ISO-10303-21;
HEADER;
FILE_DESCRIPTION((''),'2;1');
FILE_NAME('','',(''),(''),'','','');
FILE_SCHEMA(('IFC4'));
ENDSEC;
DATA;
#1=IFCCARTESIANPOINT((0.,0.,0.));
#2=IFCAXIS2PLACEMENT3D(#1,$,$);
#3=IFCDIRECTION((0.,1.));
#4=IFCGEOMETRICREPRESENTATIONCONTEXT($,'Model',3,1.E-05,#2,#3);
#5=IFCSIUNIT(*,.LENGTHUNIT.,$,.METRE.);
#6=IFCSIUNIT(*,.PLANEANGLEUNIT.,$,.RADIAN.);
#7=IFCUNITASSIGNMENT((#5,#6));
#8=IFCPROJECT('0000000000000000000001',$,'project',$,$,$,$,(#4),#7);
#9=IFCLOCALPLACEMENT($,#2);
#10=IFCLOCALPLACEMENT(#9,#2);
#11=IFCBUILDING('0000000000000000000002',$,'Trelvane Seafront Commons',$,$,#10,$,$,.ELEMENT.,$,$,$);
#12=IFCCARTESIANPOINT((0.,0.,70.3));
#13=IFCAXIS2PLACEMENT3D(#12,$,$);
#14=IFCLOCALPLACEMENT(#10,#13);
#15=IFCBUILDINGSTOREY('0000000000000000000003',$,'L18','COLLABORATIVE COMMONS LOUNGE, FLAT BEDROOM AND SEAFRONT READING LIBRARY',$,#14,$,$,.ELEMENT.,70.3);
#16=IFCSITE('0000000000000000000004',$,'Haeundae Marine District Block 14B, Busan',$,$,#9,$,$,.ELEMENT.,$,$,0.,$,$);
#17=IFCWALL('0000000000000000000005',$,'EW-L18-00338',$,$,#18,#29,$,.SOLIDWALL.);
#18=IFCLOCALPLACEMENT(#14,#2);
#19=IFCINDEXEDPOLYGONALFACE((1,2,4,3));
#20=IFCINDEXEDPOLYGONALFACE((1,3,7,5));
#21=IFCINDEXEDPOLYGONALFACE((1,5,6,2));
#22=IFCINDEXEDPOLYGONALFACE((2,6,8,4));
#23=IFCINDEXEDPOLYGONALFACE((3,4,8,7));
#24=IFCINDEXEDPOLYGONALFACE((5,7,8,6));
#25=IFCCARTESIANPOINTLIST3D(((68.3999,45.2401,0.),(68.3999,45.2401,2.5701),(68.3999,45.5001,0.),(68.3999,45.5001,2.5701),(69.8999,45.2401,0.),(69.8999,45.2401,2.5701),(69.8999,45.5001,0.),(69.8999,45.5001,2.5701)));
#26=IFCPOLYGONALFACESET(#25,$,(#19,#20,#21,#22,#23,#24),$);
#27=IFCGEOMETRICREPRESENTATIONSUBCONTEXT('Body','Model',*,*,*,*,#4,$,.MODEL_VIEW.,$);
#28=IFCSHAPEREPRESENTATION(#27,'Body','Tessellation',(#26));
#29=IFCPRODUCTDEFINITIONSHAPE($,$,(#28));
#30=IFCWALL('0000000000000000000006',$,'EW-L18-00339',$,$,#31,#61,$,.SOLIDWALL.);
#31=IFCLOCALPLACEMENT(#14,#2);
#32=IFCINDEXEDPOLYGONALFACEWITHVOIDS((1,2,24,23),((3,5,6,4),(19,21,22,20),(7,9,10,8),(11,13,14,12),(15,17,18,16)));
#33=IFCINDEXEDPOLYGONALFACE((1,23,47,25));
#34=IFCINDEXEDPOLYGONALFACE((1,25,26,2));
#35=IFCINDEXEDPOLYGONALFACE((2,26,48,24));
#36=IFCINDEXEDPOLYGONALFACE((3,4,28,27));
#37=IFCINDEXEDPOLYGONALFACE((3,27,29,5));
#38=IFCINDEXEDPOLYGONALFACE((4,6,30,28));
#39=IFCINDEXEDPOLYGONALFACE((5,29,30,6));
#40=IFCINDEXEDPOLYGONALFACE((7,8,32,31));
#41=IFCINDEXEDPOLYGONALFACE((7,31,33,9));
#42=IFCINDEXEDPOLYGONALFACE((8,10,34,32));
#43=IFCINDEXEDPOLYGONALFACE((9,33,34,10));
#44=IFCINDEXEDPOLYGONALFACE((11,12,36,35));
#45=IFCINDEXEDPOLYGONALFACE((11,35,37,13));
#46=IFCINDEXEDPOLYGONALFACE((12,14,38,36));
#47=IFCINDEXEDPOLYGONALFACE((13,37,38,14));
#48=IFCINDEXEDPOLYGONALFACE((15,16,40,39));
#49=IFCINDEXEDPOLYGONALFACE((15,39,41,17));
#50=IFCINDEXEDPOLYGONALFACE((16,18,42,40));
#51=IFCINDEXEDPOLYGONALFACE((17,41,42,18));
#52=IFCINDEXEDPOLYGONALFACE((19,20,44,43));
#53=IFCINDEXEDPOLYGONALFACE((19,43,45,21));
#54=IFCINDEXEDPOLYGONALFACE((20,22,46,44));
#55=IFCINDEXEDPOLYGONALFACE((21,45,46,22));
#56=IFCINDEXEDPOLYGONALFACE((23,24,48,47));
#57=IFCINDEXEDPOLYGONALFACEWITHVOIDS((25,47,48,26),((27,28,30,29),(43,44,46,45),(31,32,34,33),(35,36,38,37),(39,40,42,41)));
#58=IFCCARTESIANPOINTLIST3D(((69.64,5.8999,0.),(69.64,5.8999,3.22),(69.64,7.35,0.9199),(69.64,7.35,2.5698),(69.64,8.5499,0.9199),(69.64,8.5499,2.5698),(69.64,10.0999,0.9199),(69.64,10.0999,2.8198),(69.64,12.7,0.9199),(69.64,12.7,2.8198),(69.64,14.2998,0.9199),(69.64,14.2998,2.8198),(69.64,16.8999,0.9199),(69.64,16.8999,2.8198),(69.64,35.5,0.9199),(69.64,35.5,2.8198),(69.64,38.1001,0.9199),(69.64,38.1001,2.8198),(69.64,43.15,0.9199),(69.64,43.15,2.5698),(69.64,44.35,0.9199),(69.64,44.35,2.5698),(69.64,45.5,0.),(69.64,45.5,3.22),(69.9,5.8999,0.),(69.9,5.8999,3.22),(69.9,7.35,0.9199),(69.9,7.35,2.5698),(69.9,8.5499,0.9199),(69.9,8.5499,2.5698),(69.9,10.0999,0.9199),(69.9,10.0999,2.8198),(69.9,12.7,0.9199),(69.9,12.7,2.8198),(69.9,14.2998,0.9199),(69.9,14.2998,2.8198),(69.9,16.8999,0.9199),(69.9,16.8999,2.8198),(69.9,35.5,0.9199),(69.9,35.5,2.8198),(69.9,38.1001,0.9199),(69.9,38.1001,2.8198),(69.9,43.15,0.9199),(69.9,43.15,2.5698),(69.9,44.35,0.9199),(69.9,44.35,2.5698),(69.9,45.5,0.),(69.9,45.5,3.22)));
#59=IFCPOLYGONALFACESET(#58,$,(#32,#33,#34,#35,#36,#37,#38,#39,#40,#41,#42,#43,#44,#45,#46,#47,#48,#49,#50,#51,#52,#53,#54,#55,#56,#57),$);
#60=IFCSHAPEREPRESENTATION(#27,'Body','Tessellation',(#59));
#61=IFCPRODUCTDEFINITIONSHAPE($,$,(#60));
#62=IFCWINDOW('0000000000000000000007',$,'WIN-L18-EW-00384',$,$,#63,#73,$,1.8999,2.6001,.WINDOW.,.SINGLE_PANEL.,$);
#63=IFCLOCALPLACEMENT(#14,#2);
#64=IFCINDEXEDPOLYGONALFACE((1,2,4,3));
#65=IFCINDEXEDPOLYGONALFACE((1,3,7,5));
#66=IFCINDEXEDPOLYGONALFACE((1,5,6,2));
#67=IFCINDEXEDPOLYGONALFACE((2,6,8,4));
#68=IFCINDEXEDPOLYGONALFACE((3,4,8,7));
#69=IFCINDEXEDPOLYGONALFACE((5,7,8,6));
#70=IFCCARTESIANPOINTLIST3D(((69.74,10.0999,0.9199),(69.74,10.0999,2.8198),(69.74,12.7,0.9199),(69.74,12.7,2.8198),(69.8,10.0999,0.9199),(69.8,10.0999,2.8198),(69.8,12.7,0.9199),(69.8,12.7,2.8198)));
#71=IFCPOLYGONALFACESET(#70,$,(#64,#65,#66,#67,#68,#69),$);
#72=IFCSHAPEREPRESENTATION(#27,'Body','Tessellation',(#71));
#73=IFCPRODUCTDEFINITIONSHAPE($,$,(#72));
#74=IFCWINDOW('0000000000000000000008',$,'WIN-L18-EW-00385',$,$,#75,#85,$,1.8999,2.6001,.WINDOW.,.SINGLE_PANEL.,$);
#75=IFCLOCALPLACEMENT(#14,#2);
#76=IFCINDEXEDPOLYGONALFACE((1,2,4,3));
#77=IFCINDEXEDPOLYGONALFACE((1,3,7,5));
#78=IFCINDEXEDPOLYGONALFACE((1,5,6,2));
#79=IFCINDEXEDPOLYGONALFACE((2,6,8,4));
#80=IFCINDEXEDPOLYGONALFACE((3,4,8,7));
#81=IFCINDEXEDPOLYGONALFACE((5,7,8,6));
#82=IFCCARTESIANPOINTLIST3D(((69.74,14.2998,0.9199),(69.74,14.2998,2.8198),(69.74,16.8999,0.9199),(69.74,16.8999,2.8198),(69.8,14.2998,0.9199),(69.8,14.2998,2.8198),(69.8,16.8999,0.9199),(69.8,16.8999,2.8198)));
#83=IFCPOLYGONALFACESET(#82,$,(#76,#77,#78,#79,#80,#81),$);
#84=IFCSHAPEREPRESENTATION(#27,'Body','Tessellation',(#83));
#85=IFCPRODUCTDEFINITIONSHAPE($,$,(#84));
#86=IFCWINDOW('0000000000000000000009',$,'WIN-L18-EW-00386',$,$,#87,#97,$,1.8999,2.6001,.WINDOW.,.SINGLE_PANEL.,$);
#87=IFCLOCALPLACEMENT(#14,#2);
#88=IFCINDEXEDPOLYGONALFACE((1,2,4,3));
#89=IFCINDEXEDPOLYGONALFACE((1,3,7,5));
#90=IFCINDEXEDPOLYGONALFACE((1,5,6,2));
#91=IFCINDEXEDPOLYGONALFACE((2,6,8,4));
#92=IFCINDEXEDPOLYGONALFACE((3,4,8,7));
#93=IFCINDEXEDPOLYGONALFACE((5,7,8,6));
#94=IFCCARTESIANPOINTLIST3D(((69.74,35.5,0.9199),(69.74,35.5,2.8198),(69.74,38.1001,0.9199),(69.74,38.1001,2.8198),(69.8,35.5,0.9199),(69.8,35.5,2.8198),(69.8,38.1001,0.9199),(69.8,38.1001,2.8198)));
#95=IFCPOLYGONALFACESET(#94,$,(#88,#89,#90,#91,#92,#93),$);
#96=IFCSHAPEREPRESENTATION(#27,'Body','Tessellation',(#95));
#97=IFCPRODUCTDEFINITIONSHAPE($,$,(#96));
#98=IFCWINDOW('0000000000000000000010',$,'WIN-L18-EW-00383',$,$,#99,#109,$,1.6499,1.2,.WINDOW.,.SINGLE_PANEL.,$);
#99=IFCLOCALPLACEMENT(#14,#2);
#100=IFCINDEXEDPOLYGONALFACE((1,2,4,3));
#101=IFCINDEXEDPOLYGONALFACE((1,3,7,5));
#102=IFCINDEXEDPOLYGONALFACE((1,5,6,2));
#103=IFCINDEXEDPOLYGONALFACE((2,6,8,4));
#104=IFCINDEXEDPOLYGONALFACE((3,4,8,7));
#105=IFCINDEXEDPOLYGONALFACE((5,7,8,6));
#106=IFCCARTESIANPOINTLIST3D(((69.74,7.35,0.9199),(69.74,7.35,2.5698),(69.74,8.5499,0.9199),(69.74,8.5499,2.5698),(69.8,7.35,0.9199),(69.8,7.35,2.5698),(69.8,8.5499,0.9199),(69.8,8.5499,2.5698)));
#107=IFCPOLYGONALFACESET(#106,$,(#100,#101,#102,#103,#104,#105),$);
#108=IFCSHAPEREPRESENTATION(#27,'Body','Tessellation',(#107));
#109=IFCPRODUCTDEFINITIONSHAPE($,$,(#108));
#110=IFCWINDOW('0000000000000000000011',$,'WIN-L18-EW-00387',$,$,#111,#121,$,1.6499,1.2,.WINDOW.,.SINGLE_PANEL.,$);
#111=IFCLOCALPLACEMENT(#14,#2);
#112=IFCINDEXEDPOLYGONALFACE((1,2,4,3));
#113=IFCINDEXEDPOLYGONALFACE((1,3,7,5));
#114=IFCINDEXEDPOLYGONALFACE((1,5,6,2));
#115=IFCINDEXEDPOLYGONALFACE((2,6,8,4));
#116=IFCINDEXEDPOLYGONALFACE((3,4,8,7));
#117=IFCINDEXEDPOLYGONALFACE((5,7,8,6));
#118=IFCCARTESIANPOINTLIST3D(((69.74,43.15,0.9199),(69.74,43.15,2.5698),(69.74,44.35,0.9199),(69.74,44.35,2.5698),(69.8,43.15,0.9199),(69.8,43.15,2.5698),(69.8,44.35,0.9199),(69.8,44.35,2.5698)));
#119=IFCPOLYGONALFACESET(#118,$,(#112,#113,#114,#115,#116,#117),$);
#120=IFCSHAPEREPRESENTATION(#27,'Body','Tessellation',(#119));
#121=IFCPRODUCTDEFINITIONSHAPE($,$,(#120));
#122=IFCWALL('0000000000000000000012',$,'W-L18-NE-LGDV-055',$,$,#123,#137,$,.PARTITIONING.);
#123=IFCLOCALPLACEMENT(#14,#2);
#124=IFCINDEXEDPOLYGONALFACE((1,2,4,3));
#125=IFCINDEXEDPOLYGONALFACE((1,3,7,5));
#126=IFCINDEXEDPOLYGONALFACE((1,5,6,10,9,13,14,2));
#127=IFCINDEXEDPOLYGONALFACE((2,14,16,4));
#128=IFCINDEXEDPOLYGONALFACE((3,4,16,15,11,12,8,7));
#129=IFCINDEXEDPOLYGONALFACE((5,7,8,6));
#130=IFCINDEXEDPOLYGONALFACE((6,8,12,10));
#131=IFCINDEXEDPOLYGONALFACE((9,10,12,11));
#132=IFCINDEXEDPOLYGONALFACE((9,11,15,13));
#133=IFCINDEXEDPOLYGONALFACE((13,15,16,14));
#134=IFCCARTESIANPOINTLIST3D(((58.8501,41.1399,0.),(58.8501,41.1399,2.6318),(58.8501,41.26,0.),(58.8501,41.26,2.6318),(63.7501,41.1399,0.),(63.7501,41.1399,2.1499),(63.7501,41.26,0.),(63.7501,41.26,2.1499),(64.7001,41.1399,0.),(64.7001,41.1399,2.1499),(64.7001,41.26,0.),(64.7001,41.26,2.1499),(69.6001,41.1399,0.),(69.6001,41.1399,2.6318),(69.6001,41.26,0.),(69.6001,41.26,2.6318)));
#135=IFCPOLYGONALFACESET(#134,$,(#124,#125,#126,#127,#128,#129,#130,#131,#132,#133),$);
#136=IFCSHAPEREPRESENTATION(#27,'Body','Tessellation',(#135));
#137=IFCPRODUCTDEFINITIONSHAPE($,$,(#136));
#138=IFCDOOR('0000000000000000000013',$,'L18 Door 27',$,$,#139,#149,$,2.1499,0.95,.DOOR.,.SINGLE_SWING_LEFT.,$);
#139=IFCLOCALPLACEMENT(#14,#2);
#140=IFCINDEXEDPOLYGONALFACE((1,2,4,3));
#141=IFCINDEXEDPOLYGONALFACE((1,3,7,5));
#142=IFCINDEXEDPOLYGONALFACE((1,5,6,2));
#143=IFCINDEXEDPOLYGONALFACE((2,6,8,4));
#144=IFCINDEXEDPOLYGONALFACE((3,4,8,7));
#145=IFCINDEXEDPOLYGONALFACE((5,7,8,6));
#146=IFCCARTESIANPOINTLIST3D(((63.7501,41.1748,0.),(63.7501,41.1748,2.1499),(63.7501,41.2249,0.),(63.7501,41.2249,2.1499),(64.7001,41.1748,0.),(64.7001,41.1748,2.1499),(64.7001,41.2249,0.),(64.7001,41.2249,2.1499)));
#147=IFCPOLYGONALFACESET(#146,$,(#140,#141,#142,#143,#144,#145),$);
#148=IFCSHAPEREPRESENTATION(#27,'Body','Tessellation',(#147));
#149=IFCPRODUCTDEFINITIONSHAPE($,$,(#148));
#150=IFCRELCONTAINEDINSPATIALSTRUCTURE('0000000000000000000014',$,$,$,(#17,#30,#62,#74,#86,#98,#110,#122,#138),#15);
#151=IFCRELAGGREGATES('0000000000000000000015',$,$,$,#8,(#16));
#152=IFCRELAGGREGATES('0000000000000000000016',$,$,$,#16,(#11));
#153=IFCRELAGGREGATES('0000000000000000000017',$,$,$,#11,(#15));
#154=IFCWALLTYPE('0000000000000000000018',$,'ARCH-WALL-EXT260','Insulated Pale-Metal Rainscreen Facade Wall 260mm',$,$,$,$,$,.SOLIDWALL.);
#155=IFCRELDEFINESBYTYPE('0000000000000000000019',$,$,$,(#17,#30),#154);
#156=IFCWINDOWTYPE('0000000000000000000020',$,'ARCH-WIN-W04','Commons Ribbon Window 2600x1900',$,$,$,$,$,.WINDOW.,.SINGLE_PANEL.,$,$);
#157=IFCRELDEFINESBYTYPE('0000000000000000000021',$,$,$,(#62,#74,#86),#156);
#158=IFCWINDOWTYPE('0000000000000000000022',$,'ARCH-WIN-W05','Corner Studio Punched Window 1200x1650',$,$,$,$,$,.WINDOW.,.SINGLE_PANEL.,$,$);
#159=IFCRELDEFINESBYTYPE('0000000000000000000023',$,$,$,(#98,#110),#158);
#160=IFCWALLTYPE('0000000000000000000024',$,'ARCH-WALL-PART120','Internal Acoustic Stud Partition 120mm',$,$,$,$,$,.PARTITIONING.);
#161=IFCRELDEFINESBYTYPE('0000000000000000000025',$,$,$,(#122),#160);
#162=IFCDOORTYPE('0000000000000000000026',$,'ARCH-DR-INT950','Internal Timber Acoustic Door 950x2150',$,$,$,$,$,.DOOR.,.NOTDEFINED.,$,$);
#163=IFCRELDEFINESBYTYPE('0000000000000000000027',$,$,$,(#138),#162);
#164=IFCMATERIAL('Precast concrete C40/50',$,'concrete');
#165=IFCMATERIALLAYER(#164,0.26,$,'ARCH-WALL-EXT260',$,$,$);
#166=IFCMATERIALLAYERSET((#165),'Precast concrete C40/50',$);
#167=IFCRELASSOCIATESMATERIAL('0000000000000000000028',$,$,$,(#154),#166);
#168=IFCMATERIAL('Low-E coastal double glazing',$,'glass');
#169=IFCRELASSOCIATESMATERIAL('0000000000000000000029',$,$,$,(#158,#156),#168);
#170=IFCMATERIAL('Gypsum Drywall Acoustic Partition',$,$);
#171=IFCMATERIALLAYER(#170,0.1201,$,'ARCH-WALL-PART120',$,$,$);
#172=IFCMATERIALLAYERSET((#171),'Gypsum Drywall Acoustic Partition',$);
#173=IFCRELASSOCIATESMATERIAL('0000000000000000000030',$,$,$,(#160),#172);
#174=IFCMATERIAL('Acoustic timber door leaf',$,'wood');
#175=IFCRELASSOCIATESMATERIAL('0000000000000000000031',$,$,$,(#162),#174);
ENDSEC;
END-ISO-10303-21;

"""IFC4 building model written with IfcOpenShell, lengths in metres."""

from ifc_helpers import new_model, si_unit, direction, frame, frame_2d, origin, place, context, subcontext, project, spatial, rectangle, extrude, source, transform, mapped, material, layer, layer_set, type_object, element, fill, save


model = new_model("IFC4")

# Units and contexts
model_context = context("Model", 3, precision=1e-05, world=origin(), true_north=direction((0.0, 1.0)))
body_context = subcontext(model_context, "Body", "Model", "MODEL_VIEW")
ifc_project = project(units=[si_unit("LENGTHUNIT", "METRE"), si_unit("PLANEANGLEUNIT", "RADIAN")], contexts=[model_context])

# Site, building, storey
site_placement = place(None, origin())
site = spatial("IfcSite", under=ifc_project, at=site_placement, Name="Haeundae Marine District Block 14B, Busan", CompositionType="ELEMENT", RefElevation=0.0)
building_placement = place(site_placement, origin())
building = spatial("IfcBuilding", under=site, at=building_placement, Name="Trelvane Seafront Commons", CompositionType="ELEMENT")
storey_placement = place(building_placement, frame((0.0, 0.0, 70.3)))
storey = spatial("IfcBuildingStorey", under=building, at=storey_placement, Name="L18", Description="COLLABORATIVE COMMONS LOUNGE, FLAT BEDROOM AND SEAFRONT READING LIBRARY", CompositionType="ELEMENT", Elevation=70.3)

# Shared definitions
ifc_material_1 = material(Name="Precast concrete C40/50", Category="concrete")
ifc_layer_1 = layer(ifc_material_1, 0.26, Name="ARCH-WALL-EXT260")
ifc_layer_set_1 = layer_set([ifc_layer_1], Name="Precast concrete C40/50")
wall_type_1 = type_object("IfcWallType", Name="ARCH-WALL-EXT260", Description="Insulated Pale-Metal Rainscreen Facade Wall 260mm", PredefinedType="SOLIDWALL", material=ifc_layer_set_1)
ifc_material_2 = material(Name="Low-E coastal double glazing", Category="glass")
window_type_1 = type_object("IfcWindowType", Name="ARCH-WIN-W05", Description="Corner Studio Punched Window 1200x1650", PartitioningType="SINGLE_PANEL", PredefinedType="WINDOW", material=ifc_material_2)
shared_shape_1 = source(origin(), body_context, "Body", "SweptSolid", [
    extrude(rectangle(XDim=1.2, YDim=1.6499, at=frame_2d((0.6001, 0.825))), frame((0.0, 0.03, 0.0), z_axis=(0.0, -1.0, 0.0), x_axis=(1.0, 0.0, 0.0)), (0.0, 0.0, 1.0), 0.0601),
])

# Wall
wall_1_placement = place(storey_placement, frame((68.3999, 45.3701, 0.0), z_axis=(0.0, 0.0, 1.0), x_axis=(1.0, 0.0, 0.0)))
element("IfcWall", 1, at=wall_1_placement, inside=storey, type_object=wall_type_1, Name="EW-L18-00338", PredefinedType="SOLIDWALL", context=body_context, shape_type="SweptSolid", body=[
    extrude(rectangle(XDim=1.5, YDim=0.26, at=frame_2d((0.75, 0.0))), origin(), (0.0, 0.0, 1.0), 2.5701),
])

# Wall, openings, windows
wall_2_placement = place(storey_placement, frame((69.77, 45.5, 0.0), z_axis=(0.0, 0.0, 1.0), x_axis=(0.0, -1.0, 0.0)))
wall_2 = element("IfcWall", 2, at=wall_2_placement, inside=storey, type_object=wall_type_1, Name="EW-L18-00339", PredefinedType="SOLIDWALL", context=body_context, shape_type="SweptSolid", body=[
    extrude(rectangle(XDim=39.6001, YDim=0.26, at=frame_2d((19.8, 0.0))), origin(), (0.0, 0.0, 1.0), 3.22),
])
opening_1_placement = place(wall_2_placement, frame((36.95, 0.0, 0.9199)))
opening_1 = element("IfcOpeningElement", 3, at=opening_1_placement, cuts=wall_2, PredefinedType="OPENING", context=body_context, shape_type="SweptSolid", body=[
    extrude(rectangle(XDim=1.2, YDim=1.6499, at=frame_2d((0.6001, 0.825))), frame((0.0, 0.1399, 0.0), z_axis=(0.0, -1.0, 0.0), x_axis=(1.0, 0.0, 0.0)), (0.0, 0.0, 1.0), 0.28),
])
opening_2_placement = place(wall_2_placement, frame((32.8, 0.0, 0.9199)))
opening_2 = element("IfcOpeningElement", 4, at=opening_2_placement, cuts=wall_2, PredefinedType="OPENING", context=body_context, shape_type="SweptSolid", body=[
    extrude(rectangle(XDim=2.6001, YDim=1.8999, at=frame_2d((1.3, 0.95))), frame((0.0, 0.1399, 0.0), z_axis=(0.0, -1.0, 0.0), x_axis=(1.0, 0.0, 0.0)), (0.0, 0.0, 1.0), 0.28),
])
opening_3_placement = place(wall_2_placement, frame((28.6001, 0.0, 0.9199)))
opening_3 = element("IfcOpeningElement", 5, at=opening_3_placement, cuts=wall_2, PredefinedType="OPENING", context=body_context, shape_type="SweptSolid", body=[
    extrude(rectangle(XDim=2.6001, YDim=1.8999, at=frame_2d((1.3, 0.95))), frame((0.0, 0.1399, 0.0), z_axis=(0.0, -1.0, 0.0), x_axis=(1.0, 0.0, 0.0)), (0.0, 0.0, 1.0), 0.28),
])
opening_4_placement = place(wall_2_placement, frame((7.3999, 0.0, 0.9199)))
opening_4 = element("IfcOpeningElement", 6, at=opening_4_placement, cuts=wall_2, PredefinedType="OPENING", context=body_context, shape_type="SweptSolid", body=[
    extrude(rectangle(XDim=2.6001, YDim=1.8999, at=frame_2d((1.3, 0.95))), frame((0.0, 0.1399, 0.0), z_axis=(0.0, -1.0, 0.0), x_axis=(1.0, 0.0, 0.0)), (0.0, 0.0, 1.0), 0.28),
])
opening_5_placement = place(wall_2_placement, frame((1.1499, 0.0, 0.9199)))
opening_5 = element("IfcOpeningElement", 7, at=opening_5_placement, cuts=wall_2, PredefinedType="OPENING", context=body_context, shape_type="SweptSolid", body=[
    extrude(rectangle(XDim=1.2, YDim=1.6499, at=frame_2d((0.6001, 0.825))), frame((0.0, 0.1399, 0.0), z_axis=(0.0, -1.0, 0.0), x_axis=(1.0, 0.0, 0.0)), (0.0, 0.0, 1.0), 0.28),
])
window_type_2 = type_object("IfcWindowType", Name="ARCH-WIN-W04", Description="Commons Ribbon Window 2600x1900", PartitioningType="SINGLE_PANEL", PredefinedType="WINDOW", material=ifc_material_2)
shared_shape_2 = source(origin(), body_context, "Body", "SweptSolid", [
    extrude(rectangle(XDim=2.6001, YDim=1.8999, at=frame_2d((1.3, 0.95))), frame((0.0, 0.03, 0.0), z_axis=(0.0, -1.0, 0.0), x_axis=(1.0, 0.0, 0.0)), (0.0, 0.0, 1.0), 0.0601),
])
window_1_placement = place(opening_2_placement, origin())
window_1 = element("IfcWindow", 8, at=window_1_placement, inside=storey, type_object=window_type_2, Name="WIN-L18-EW-00384", OverallHeight=1.8999, OverallWidth=2.6001, PartitioningType="SINGLE_PANEL", PredefinedType="WINDOW", context=body_context, shape_type="MappedRepresentation", body=[
    mapped(shared_shape_2, transform((0.0, 0.0, 0.0), x_axis=(1.0, 0.0, 0.0), y_axis=(0.0, 1.0, 0.0), z_axis=(0.0, 0.0, 1.0), scale=1.0)),
])
fill(opening_2, window_1)
window_2_placement = place(opening_3_placement, origin())
window_2 = element("IfcWindow", 9, at=window_2_placement, inside=storey, type_object=window_type_2, Name="WIN-L18-EW-00385", OverallHeight=1.8999, OverallWidth=2.6001, PartitioningType="SINGLE_PANEL", PredefinedType="WINDOW", context=body_context, shape_type="MappedRepresentation", body=[
    mapped(shared_shape_2, transform((0.0, 0.0, 0.0), x_axis=(1.0, 0.0, 0.0), y_axis=(0.0, 1.0, 0.0), z_axis=(0.0, 0.0, 1.0), scale=1.0)),
])
fill(opening_3, window_2)
window_3_placement = place(opening_4_placement, origin())
window_3 = element("IfcWindow", 10, at=window_3_placement, inside=storey, type_object=window_type_2, Name="WIN-L18-EW-00386", OverallHeight=1.8999, OverallWidth=2.6001, PartitioningType="SINGLE_PANEL", PredefinedType="WINDOW", context=body_context, shape_type="MappedRepresentation", body=[
    mapped(shared_shape_2, transform((0.0, 0.0, 0.0), x_axis=(1.0, 0.0, 0.0), y_axis=(0.0, 1.0, 0.0), z_axis=(0.0, 0.0, 1.0), scale=1.0)),
])
fill(opening_4, window_3)
window_4_placement = place(opening_1_placement, origin())
window_4 = element("IfcWindow", 11, at=window_4_placement, inside=storey, type_object=window_type_1, Name="WIN-L18-EW-00383", OverallHeight=1.6499, OverallWidth=1.2, PartitioningType="SINGLE_PANEL", PredefinedType="WINDOW", context=body_context, shape_type="MappedRepresentation", body=[
    mapped(shared_shape_1, transform((0.0, 0.0, 0.0), x_axis=(1.0, 0.0, 0.0), y_axis=(0.0, 1.0, 0.0), z_axis=(0.0, 0.0, 1.0), scale=1.0)),
])
fill(opening_1, window_4)
window_5_placement = place(opening_5_placement, origin())
window_5 = element("IfcWindow", 12, at=window_5_placement, inside=storey, type_object=window_type_1, Name="WIN-L18-EW-00387", OverallHeight=1.6499, OverallWidth=1.2, PartitioningType="SINGLE_PANEL", PredefinedType="WINDOW", context=body_context, shape_type="MappedRepresentation", body=[
    mapped(shared_shape_1, transform((0.0, 0.0, 0.0), x_axis=(1.0, 0.0, 0.0), y_axis=(0.0, 1.0, 0.0), z_axis=(0.0, 0.0, 1.0), scale=1.0)),
])
fill(opening_5, window_5)

# Wall, opening, door
ifc_material_3 = material(Name="Gypsum Drywall Acoustic Partition")
ifc_layer_2 = layer(ifc_material_3, 0.1201, Name="ARCH-WALL-PART120")
ifc_layer_set_2 = layer_set([ifc_layer_2], Name="Gypsum Drywall Acoustic Partition")
wall_type_2 = type_object("IfcWallType", Name="ARCH-WALL-PART120", Description="Internal Acoustic Stud Partition 120mm", PredefinedType="PARTITIONING", material=ifc_layer_set_2)
wall_3_placement = place(storey_placement, frame((58.8501, 41.2, 0.0), z_axis=(0.0, 0.0, 1.0), x_axis=(1.0, 0.0, 0.0)))
wall_3 = element("IfcWall", 13, at=wall_3_placement, inside=storey, type_object=wall_type_2, Name="W-L18-NE-LGDV-055", PredefinedType="PARTITIONING", context=body_context, shape_type="SweptSolid", body=[
    extrude(rectangle(XDim=10.75, YDim=0.1201, at=frame_2d((5.375, 0.0))), origin(), (0.0, 0.0, 1.0), 2.6318),
])
opening_6_placement = place(wall_3_placement, frame((4.8999, 0.0, 0.0)))
opening_6 = element("IfcOpeningElement", 14, at=opening_6_placement, cuts=wall_3, PredefinedType="OPENING", context=body_context, shape_type="SweptSolid", body=[
    extrude(rectangle(XDim=0.95, YDim=2.1499, at=frame_2d((0.4751, 1.075))), frame((0.0, 0.0701, 0.0), z_axis=(0.0, -1.0, 0.0), x_axis=(1.0, 0.0, 0.0)), (0.0, 0.0, 1.0), 0.1401),
])
ifc_material_4 = material(Name="Acoustic timber door leaf", Category="wood")
door_type_1 = type_object("IfcDoorType", Name="ARCH-DR-INT950", Description="Internal Timber Acoustic Door 950x2150", OperationType="NOTDEFINED", PredefinedType="DOOR", material=ifc_material_4)
shared_shape_3 = source(origin(), body_context, "Body", "SweptSolid", [
    extrude(rectangle(XDim=0.95, YDim=2.1499, at=frame_2d((0.4751, 1.075))), frame((0.0, 0.0249, 0.0), z_axis=(0.0, -1.0, 0.0), x_axis=(1.0, 0.0, 0.0)), (0.0, 0.0, 1.0), 0.05),
])
door_1_placement = place(opening_6_placement, origin())
door_1 = element("IfcDoor", 15, at=door_1_placement, inside=storey, type_object=door_type_1, Name="L18 Door 27", OperationType="SINGLE_SWING_LEFT", OverallHeight=2.1499, OverallWidth=0.95, PredefinedType="DOOR", context=body_context, shape_type="MappedRepresentation", body=[
    mapped(shared_shape_3, transform((0.0, 0.0, 0.0), x_axis=(1.0, 0.0, 0.0), y_axis=(0.0, 1.0, 0.0), z_axis=(0.0, 0.0, 1.0), scale=1.0)),
])
fill(opening_6, door_1)

save(model, "model.ifc")
